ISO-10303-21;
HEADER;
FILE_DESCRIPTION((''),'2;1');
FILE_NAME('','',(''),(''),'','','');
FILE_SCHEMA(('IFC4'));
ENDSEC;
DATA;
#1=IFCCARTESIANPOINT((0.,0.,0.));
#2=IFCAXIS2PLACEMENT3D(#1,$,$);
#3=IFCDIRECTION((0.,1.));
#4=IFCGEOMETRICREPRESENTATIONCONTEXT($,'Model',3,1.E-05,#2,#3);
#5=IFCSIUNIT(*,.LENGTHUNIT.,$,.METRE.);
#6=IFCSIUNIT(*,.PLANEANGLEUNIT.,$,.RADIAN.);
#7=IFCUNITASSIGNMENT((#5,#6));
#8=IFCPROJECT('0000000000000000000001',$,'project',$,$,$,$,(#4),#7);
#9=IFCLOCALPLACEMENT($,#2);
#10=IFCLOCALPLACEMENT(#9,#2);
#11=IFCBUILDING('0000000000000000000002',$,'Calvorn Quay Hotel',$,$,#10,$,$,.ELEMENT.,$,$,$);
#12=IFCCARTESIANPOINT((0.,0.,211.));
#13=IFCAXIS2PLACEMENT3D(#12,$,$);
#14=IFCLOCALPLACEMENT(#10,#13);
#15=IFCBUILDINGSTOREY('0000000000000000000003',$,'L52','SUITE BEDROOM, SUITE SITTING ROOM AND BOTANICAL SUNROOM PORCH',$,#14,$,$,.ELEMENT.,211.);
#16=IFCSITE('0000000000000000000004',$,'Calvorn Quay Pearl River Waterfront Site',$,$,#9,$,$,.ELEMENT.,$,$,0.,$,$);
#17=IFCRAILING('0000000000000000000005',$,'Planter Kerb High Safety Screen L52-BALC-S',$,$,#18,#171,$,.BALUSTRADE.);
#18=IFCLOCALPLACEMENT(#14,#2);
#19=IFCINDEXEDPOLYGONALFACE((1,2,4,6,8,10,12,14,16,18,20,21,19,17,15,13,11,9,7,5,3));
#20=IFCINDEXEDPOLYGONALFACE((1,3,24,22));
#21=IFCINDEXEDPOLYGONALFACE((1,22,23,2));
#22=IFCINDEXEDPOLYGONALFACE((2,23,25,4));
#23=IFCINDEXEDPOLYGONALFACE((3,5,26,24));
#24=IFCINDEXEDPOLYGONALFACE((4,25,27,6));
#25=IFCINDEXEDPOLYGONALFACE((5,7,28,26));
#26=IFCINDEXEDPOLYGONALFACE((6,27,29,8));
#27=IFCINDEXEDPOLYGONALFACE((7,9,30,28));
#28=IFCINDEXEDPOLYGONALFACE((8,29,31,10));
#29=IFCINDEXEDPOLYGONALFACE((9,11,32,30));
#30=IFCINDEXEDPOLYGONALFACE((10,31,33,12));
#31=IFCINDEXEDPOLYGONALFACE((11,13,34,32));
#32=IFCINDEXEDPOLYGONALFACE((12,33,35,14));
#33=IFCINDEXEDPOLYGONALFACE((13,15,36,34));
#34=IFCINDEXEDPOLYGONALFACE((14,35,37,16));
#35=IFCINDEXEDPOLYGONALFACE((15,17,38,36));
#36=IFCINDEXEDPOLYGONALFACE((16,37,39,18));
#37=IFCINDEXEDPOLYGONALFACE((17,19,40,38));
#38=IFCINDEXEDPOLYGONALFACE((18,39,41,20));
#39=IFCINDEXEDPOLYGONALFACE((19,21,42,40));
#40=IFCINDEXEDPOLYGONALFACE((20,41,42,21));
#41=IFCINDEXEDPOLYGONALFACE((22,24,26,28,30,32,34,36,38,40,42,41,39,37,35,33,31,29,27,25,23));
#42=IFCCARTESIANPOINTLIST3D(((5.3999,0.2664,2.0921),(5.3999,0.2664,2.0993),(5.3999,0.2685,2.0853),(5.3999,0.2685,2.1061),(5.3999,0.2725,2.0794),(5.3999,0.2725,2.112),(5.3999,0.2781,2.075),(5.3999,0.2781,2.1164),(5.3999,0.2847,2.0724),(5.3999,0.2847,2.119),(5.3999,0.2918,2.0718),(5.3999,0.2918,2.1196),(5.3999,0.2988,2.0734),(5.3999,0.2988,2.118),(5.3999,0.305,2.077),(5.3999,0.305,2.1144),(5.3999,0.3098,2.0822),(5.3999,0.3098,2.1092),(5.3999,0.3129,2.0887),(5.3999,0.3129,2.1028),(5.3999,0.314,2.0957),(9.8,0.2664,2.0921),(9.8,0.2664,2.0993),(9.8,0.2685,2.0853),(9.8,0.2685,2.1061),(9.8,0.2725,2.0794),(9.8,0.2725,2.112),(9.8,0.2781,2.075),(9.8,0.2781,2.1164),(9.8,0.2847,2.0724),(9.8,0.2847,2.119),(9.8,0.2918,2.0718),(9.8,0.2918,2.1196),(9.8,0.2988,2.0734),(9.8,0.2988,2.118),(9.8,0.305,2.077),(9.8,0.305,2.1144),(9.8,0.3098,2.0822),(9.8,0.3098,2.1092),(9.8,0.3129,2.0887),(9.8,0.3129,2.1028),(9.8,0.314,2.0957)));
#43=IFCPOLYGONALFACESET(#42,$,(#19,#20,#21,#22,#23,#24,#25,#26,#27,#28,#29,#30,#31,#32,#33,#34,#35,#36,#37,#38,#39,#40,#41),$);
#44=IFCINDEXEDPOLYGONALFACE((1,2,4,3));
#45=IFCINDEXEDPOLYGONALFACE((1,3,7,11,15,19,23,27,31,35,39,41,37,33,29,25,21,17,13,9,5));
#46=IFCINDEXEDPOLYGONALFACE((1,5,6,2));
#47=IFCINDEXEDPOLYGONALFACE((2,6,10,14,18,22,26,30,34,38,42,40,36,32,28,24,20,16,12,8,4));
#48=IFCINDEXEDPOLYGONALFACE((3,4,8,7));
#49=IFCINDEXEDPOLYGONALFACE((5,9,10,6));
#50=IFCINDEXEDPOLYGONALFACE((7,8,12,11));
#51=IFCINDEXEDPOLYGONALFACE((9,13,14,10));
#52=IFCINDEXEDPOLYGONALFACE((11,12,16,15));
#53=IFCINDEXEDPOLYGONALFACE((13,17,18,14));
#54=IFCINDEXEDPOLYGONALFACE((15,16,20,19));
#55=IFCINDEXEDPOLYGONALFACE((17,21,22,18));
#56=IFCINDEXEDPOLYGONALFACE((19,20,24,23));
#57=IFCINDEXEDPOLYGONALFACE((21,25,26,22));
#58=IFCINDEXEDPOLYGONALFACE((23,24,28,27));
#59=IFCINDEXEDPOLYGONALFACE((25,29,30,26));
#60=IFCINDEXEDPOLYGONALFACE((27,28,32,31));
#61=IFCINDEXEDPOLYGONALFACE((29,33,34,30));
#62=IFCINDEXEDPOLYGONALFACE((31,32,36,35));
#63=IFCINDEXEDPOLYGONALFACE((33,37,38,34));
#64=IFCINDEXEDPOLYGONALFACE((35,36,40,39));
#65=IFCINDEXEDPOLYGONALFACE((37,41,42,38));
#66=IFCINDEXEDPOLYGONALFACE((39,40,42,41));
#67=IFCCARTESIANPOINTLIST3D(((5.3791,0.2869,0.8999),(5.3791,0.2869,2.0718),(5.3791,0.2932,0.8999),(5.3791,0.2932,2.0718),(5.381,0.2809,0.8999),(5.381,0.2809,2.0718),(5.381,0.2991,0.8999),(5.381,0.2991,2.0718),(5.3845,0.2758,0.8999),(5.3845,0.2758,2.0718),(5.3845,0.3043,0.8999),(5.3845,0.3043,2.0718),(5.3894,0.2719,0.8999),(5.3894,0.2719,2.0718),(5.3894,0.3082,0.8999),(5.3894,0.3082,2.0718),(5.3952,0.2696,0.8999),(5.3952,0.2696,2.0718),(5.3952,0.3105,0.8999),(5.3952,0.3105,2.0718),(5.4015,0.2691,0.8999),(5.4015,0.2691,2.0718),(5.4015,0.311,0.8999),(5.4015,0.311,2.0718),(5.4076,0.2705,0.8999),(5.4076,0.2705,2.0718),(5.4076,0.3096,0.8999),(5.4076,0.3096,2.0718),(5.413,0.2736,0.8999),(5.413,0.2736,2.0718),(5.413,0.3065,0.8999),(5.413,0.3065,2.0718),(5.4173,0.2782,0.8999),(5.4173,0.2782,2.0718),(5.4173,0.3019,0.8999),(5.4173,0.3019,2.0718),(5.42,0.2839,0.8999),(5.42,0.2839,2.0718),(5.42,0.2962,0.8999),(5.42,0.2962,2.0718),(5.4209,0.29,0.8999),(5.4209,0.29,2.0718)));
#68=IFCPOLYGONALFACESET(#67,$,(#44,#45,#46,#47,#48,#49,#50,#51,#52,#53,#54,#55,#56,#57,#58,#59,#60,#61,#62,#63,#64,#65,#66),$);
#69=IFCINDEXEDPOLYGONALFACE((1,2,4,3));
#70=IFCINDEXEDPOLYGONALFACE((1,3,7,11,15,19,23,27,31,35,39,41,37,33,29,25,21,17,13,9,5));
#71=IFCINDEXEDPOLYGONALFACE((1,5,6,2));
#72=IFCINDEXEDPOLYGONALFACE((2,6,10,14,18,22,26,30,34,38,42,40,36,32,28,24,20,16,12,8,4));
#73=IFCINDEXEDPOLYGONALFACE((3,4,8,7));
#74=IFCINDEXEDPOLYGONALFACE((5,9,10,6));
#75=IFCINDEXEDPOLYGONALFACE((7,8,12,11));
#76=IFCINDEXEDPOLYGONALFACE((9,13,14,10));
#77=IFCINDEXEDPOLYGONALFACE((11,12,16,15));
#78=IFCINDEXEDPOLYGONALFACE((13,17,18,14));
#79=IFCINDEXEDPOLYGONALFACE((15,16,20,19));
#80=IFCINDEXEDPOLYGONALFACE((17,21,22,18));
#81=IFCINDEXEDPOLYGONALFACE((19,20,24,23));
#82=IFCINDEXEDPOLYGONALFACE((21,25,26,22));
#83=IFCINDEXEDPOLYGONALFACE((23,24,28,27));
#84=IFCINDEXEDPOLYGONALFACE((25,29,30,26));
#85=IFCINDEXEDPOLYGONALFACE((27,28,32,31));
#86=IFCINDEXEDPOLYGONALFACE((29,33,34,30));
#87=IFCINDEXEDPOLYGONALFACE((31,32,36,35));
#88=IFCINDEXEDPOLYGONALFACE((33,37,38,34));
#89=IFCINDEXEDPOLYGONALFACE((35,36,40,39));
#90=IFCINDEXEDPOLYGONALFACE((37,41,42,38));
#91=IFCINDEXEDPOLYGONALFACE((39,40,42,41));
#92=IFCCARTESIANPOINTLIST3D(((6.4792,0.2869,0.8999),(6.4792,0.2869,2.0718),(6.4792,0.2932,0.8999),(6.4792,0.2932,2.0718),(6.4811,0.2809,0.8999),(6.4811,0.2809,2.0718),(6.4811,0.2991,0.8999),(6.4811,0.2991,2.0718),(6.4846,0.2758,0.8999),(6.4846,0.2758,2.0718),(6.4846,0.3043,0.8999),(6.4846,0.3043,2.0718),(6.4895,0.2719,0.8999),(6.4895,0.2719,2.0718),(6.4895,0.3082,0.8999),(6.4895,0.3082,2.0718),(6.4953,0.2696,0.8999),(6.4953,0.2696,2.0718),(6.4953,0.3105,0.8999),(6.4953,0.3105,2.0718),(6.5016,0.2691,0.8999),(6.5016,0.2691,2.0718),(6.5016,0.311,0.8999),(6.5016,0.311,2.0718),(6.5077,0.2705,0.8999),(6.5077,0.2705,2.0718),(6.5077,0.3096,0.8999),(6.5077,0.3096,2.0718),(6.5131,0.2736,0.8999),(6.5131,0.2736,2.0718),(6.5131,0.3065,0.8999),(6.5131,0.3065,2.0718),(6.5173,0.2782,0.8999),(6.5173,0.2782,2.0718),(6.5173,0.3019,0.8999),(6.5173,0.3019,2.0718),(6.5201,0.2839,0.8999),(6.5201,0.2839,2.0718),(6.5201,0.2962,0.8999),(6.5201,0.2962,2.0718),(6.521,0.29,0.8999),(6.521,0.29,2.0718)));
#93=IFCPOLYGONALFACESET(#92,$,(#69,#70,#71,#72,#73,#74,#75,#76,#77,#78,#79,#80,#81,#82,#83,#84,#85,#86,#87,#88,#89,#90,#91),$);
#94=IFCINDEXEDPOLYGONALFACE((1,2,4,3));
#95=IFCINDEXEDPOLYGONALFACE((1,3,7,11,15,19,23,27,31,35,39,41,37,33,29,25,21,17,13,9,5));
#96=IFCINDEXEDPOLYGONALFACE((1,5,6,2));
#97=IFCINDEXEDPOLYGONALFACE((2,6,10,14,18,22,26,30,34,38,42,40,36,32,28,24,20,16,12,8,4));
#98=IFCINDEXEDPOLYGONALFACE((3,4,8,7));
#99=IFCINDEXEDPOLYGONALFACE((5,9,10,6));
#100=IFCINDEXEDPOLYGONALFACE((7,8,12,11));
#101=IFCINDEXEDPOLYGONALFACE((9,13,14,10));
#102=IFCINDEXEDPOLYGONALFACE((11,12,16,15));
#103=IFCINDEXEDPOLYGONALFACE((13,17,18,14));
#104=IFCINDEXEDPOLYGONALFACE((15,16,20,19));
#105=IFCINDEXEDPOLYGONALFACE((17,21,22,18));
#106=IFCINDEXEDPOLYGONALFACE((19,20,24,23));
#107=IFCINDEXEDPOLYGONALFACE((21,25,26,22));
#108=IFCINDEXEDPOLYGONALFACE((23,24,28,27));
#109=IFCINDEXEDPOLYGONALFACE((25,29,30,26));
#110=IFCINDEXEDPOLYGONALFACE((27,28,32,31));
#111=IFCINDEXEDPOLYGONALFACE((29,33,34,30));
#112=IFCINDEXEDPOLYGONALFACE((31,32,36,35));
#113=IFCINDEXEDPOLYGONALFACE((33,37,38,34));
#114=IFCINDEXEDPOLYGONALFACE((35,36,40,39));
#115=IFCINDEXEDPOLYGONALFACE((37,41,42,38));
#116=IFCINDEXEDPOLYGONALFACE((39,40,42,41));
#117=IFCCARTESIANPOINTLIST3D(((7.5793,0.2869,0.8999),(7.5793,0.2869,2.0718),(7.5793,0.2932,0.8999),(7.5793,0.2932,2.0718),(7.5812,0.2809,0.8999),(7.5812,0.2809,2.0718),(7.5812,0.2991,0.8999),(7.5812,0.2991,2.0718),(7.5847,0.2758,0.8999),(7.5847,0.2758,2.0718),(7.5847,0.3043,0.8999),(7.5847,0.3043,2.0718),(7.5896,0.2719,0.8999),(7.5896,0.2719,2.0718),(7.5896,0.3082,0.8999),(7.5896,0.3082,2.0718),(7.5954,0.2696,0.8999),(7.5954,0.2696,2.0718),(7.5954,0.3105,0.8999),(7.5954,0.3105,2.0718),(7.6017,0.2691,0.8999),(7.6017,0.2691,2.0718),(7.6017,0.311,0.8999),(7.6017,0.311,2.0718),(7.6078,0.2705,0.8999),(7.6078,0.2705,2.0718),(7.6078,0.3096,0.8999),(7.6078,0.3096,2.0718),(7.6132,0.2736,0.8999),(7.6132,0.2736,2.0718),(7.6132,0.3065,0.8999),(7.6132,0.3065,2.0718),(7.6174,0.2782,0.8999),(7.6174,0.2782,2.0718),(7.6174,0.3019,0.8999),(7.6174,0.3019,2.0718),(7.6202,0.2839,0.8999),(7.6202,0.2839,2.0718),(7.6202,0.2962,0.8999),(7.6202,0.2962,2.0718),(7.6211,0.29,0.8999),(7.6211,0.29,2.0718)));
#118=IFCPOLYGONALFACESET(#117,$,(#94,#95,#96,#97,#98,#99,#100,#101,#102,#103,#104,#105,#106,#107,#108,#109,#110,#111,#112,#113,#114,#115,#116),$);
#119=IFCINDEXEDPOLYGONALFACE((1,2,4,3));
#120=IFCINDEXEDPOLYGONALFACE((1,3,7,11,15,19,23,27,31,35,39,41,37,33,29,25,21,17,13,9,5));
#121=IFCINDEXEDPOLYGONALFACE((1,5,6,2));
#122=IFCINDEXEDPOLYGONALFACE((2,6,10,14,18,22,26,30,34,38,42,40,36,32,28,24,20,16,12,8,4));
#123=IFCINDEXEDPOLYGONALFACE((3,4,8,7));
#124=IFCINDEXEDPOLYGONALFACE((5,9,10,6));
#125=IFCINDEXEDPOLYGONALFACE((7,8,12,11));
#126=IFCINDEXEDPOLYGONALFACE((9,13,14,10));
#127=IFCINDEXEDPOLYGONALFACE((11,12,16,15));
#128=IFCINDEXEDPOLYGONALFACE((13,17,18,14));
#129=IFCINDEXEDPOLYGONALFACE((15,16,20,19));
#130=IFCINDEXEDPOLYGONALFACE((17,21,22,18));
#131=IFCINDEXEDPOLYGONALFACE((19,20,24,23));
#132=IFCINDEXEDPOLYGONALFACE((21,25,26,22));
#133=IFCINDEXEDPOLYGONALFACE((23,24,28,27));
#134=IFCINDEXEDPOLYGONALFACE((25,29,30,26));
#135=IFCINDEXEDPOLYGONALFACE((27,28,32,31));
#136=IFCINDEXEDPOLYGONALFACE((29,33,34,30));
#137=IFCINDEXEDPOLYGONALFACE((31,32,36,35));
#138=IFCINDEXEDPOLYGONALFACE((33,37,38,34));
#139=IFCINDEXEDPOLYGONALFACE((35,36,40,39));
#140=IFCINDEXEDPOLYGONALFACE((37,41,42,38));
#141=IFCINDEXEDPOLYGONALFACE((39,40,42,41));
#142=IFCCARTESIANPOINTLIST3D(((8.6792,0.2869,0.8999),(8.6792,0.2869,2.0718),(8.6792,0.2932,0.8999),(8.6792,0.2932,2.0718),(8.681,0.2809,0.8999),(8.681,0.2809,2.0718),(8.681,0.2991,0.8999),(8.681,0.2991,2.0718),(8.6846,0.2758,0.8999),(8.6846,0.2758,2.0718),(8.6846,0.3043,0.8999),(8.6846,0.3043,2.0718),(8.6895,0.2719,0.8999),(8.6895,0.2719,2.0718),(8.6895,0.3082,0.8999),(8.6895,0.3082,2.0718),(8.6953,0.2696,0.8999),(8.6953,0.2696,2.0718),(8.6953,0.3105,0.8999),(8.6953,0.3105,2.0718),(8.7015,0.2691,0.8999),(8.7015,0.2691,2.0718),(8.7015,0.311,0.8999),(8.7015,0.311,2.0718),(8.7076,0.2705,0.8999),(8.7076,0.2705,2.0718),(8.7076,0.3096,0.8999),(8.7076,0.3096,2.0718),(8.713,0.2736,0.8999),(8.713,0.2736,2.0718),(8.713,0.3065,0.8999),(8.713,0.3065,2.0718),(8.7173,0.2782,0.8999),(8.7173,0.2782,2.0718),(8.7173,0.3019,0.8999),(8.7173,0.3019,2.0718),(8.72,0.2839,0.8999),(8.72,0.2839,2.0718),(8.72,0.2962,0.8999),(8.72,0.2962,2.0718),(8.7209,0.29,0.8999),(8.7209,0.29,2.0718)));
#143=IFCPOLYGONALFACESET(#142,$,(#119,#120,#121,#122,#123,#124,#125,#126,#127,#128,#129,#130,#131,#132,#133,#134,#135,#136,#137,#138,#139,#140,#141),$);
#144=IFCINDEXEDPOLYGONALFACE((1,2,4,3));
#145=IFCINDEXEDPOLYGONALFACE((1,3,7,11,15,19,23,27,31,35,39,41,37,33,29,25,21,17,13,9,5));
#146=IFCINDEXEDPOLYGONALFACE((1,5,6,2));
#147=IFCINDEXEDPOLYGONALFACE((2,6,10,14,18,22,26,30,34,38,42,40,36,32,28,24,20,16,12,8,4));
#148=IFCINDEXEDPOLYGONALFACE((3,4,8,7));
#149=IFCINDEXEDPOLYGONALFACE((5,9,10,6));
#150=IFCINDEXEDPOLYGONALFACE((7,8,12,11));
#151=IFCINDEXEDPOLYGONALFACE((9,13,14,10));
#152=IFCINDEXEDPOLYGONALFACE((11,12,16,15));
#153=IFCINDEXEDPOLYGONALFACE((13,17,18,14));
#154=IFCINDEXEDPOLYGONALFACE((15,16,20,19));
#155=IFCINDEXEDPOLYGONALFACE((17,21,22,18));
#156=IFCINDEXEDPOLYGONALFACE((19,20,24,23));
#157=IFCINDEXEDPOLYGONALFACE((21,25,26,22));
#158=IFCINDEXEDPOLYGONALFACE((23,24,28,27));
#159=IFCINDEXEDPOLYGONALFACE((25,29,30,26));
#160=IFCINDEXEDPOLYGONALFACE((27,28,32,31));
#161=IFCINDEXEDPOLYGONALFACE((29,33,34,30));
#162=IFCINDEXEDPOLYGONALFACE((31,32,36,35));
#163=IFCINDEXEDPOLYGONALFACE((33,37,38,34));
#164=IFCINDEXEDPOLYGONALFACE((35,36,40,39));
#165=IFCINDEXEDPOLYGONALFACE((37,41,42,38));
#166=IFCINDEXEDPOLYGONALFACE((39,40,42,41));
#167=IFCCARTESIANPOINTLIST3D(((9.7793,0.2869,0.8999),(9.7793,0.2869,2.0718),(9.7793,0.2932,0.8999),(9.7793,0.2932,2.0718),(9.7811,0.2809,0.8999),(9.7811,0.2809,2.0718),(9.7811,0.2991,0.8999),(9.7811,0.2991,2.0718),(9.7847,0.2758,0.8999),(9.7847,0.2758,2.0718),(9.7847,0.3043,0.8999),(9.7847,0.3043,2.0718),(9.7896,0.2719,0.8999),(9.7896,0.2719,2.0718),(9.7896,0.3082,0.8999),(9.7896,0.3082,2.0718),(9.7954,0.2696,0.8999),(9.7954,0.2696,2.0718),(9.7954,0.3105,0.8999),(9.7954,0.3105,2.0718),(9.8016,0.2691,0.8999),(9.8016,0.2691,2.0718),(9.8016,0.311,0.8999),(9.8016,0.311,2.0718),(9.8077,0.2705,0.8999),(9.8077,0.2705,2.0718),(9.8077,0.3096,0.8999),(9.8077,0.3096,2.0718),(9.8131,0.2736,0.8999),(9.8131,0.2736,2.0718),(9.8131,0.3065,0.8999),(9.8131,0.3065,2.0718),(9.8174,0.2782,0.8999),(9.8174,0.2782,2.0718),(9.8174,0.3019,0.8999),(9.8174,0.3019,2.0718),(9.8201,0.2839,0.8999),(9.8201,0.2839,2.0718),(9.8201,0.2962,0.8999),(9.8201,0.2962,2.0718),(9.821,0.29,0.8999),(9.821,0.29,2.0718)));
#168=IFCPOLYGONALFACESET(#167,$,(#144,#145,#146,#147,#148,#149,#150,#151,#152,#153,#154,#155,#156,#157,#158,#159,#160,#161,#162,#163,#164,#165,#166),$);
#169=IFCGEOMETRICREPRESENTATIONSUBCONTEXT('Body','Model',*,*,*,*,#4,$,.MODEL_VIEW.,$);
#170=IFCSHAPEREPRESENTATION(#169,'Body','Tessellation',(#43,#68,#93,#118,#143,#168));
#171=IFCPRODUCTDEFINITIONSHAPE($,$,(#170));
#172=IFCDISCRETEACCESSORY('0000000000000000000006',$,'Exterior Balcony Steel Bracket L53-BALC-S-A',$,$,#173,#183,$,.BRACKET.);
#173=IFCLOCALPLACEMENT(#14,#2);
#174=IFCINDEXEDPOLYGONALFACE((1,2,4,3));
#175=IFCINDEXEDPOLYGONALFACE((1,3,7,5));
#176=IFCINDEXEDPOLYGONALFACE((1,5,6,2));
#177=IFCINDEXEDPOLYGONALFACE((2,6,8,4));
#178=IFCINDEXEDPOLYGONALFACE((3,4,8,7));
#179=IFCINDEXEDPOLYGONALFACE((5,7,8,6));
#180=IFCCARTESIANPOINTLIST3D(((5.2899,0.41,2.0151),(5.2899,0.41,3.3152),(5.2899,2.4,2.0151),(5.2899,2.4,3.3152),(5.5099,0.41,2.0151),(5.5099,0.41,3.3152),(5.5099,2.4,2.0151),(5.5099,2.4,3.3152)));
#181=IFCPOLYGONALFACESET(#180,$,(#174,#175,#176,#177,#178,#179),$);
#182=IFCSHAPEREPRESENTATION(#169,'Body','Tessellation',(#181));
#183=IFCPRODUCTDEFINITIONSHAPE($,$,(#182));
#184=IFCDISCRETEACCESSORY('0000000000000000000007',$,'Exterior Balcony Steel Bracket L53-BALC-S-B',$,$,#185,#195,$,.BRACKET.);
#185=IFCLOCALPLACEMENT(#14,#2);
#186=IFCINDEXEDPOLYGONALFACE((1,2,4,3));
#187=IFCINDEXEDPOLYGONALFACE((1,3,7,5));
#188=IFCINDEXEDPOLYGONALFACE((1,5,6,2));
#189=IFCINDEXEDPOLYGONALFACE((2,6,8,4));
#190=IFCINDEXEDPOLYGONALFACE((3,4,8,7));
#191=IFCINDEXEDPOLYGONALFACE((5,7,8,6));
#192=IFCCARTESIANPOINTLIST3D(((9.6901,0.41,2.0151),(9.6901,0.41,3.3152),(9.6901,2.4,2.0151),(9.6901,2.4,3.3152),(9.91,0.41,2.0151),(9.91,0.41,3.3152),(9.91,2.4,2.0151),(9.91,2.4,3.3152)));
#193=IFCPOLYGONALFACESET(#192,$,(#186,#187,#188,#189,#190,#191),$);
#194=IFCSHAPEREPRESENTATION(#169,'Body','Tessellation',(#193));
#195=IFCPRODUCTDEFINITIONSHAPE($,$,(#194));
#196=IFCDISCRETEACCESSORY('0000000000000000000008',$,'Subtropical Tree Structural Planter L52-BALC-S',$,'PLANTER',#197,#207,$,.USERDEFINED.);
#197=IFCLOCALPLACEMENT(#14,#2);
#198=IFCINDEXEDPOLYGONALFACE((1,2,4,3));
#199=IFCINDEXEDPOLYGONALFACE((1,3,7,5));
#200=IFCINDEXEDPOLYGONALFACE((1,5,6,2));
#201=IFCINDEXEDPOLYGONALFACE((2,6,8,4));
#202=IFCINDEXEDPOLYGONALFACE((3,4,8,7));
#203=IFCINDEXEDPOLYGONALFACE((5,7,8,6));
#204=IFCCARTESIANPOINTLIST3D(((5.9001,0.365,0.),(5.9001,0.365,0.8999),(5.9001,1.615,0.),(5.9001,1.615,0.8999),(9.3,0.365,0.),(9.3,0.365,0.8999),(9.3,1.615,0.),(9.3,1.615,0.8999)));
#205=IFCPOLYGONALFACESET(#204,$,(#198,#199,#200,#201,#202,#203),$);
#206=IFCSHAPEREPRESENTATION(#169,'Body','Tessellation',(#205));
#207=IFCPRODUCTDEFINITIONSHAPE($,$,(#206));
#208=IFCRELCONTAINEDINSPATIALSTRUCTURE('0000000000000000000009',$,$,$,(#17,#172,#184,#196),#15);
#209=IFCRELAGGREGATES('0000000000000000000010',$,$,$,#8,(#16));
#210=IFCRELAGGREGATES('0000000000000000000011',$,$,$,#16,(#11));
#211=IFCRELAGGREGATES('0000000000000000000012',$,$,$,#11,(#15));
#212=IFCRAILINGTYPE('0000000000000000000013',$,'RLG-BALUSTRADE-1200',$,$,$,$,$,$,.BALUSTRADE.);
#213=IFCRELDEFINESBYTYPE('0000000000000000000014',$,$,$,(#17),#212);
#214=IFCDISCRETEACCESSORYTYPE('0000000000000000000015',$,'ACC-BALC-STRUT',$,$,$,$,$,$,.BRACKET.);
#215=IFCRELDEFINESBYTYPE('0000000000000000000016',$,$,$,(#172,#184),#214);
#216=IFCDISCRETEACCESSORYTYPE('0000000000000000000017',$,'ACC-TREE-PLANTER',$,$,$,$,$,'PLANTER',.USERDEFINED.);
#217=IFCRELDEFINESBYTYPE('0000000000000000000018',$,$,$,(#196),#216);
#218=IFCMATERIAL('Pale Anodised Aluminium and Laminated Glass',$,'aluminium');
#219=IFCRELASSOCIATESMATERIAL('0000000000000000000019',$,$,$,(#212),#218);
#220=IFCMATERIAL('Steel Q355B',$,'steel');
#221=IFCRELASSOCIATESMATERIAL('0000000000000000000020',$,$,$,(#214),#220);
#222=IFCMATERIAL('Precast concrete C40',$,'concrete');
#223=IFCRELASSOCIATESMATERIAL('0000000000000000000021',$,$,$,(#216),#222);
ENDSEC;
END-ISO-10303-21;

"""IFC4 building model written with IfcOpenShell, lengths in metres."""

from ifc_helpers import new_model, si_unit, direction, frame, origin, origin_2d, place, context, subcontext, project, spatial, rectangle, circle, extrude, material, type_object, element, save


model = new_model("IFC4")

# Units and contexts
model_context = context("Model", 3, precision=1e-05, world=origin(), true_north=direction((0.0, 1.0)))
body_context = subcontext(model_context, "Body", "Model", "MODEL_VIEW")
ifc_project = project(units=[si_unit("LENGTHUNIT", "METRE"), si_unit("PLANEANGLEUNIT", "RADIAN")], contexts=[model_context])

# Site, building, storey
site_placement = place(None, origin())
site = spatial("IfcSite", under=ifc_project, at=site_placement, Name="Calvorn Quay Pearl River Waterfront Site", CompositionType="ELEMENT", RefElevation=0.0)
building_placement = place(site_placement, origin())
building = spatial("IfcBuilding", under=site, at=building_placement, Name="Calvorn Quay Hotel", CompositionType="ELEMENT")
storey_placement = place(building_placement, frame((0.0, 0.0, 211.0)))
storey = spatial("IfcBuildingStorey", under=building, at=storey_placement, Name="L52", Description="SUITE BEDROOM, SUITE SITTING ROOM AND BOTANICAL SUNROOM PORCH", CompositionType="ELEMENT", Elevation=211.0)

# Railing
ifc_material_1 = material(Name="Pale Anodised Aluminium and Laminated Glass", Category="aluminium")
railing_type = type_object("IfcRailingType", Name="RLG-BALUSTRADE-1200", PredefinedType="BALUSTRADE", material=ifc_material_1)
railing_1_placement = place(storey_placement, frame((5.3999, 0.29, 0.8999)))
element("IfcRailing", 1, at=railing_1_placement, inside=storey, type_object=railing_type, Name="Planter Kerb High Safety Screen L52-BALC-S", PredefinedType="BALUSTRADE", context=body_context, shape_type="SweptSolid", body=[
    extrude(circle(Radius=0.0239, at=origin_2d()), frame((0.0, 0.0, 1.1958), z_axis=(1.0, 0.0, 0.0), x_axis=(0.0, 1.0, 0.0)), (0.0, 0.0, 1.0), 4.4001),
    extrude(circle(Radius=0.021, at=origin_2d()), origin(), (0.0, 0.0, 1.0), 1.1719),
    extrude(circle(Radius=0.021, at=origin_2d()), frame((1.1001, 0.0, 0.0)), (0.0, 0.0, 1.0), 1.1719),
    extrude(circle(Radius=0.021, at=origin_2d()), frame((2.2002, 0.0, 0.0)), (0.0, 0.0, 1.0), 1.1719),
    extrude(circle(Radius=0.021, at=origin_2d()), frame((3.3, 0.0, 0.0)), (0.0, 0.0, 1.0), 1.1719),
    extrude(circle(Radius=0.021, at=origin_2d()), frame((4.4001, 0.0, 0.0)), (0.0, 0.0, 1.0), 1.1719),
])

# Discrete accessories
ifc_material_2 = material(Name="Steel Q355B", Category="steel")
discrete_accessory_type_1 = type_object("IfcDiscreteAccessoryType", Name="ACC-BALC-STRUT", PredefinedType="BRACKET", material=ifc_material_2)
for number, where, z_axis, x_axis, name in (
    (2, (5.3999, 1.405, 2.0151), (0.0, 0.0, 1.0), (1.0, 0.0, 0.0), "Exterior Balcony Steel Bracket L53-BALC-S-A"),
    (3, (9.8, 1.405, 2.0151), (0.0, 0.0, 1.0), (1.0, 0.0, 0.0), "Exterior Balcony Steel Bracket L53-BALC-S-B"),
):
    element("IfcDiscreteAccessory", number, at=place(storey_placement, frame(where, z_axis=z_axis, x_axis=x_axis)), inside=storey, type_object=discrete_accessory_type_1, Name=name, PredefinedType="BRACKET", context=body_context, shape_type="SweptSolid", body=[
        extrude(rectangle(XDim=0.22, YDim=1.99, at=origin_2d()), origin(), (0.0, 0.0, 1.0), 1.3),
    ])
ifc_material_3 = material(Name="Precast concrete C40", Category="concrete")
discrete_accessory_type_2 = type_object("IfcDiscreteAccessoryType", Name="ACC-TREE-PLANTER", ElementType="PLANTER", PredefinedType="USERDEFINED", material=ifc_material_3)
discrete_accessory_placement = place(storey_placement, frame((7.6001, 0.99, 0.0), z_axis=(0.0, 0.0, 1.0), x_axis=(1.0, 0.0, 0.0)))
element("IfcDiscreteAccessory", 4, at=discrete_accessory_placement, inside=storey, type_object=discrete_accessory_type_2, Name="Subtropical Tree Structural Planter L52-BALC-S", ObjectType="PLANTER", PredefinedType="USERDEFINED", context=body_context, shape_type="SweptSolid", body=[
    extrude(rectangle(XDim=3.3999, YDim=1.25, at=origin_2d()), origin(), (0.0, 0.0, 1.0), 0.8999),
])

save(model, "model.ifc")
